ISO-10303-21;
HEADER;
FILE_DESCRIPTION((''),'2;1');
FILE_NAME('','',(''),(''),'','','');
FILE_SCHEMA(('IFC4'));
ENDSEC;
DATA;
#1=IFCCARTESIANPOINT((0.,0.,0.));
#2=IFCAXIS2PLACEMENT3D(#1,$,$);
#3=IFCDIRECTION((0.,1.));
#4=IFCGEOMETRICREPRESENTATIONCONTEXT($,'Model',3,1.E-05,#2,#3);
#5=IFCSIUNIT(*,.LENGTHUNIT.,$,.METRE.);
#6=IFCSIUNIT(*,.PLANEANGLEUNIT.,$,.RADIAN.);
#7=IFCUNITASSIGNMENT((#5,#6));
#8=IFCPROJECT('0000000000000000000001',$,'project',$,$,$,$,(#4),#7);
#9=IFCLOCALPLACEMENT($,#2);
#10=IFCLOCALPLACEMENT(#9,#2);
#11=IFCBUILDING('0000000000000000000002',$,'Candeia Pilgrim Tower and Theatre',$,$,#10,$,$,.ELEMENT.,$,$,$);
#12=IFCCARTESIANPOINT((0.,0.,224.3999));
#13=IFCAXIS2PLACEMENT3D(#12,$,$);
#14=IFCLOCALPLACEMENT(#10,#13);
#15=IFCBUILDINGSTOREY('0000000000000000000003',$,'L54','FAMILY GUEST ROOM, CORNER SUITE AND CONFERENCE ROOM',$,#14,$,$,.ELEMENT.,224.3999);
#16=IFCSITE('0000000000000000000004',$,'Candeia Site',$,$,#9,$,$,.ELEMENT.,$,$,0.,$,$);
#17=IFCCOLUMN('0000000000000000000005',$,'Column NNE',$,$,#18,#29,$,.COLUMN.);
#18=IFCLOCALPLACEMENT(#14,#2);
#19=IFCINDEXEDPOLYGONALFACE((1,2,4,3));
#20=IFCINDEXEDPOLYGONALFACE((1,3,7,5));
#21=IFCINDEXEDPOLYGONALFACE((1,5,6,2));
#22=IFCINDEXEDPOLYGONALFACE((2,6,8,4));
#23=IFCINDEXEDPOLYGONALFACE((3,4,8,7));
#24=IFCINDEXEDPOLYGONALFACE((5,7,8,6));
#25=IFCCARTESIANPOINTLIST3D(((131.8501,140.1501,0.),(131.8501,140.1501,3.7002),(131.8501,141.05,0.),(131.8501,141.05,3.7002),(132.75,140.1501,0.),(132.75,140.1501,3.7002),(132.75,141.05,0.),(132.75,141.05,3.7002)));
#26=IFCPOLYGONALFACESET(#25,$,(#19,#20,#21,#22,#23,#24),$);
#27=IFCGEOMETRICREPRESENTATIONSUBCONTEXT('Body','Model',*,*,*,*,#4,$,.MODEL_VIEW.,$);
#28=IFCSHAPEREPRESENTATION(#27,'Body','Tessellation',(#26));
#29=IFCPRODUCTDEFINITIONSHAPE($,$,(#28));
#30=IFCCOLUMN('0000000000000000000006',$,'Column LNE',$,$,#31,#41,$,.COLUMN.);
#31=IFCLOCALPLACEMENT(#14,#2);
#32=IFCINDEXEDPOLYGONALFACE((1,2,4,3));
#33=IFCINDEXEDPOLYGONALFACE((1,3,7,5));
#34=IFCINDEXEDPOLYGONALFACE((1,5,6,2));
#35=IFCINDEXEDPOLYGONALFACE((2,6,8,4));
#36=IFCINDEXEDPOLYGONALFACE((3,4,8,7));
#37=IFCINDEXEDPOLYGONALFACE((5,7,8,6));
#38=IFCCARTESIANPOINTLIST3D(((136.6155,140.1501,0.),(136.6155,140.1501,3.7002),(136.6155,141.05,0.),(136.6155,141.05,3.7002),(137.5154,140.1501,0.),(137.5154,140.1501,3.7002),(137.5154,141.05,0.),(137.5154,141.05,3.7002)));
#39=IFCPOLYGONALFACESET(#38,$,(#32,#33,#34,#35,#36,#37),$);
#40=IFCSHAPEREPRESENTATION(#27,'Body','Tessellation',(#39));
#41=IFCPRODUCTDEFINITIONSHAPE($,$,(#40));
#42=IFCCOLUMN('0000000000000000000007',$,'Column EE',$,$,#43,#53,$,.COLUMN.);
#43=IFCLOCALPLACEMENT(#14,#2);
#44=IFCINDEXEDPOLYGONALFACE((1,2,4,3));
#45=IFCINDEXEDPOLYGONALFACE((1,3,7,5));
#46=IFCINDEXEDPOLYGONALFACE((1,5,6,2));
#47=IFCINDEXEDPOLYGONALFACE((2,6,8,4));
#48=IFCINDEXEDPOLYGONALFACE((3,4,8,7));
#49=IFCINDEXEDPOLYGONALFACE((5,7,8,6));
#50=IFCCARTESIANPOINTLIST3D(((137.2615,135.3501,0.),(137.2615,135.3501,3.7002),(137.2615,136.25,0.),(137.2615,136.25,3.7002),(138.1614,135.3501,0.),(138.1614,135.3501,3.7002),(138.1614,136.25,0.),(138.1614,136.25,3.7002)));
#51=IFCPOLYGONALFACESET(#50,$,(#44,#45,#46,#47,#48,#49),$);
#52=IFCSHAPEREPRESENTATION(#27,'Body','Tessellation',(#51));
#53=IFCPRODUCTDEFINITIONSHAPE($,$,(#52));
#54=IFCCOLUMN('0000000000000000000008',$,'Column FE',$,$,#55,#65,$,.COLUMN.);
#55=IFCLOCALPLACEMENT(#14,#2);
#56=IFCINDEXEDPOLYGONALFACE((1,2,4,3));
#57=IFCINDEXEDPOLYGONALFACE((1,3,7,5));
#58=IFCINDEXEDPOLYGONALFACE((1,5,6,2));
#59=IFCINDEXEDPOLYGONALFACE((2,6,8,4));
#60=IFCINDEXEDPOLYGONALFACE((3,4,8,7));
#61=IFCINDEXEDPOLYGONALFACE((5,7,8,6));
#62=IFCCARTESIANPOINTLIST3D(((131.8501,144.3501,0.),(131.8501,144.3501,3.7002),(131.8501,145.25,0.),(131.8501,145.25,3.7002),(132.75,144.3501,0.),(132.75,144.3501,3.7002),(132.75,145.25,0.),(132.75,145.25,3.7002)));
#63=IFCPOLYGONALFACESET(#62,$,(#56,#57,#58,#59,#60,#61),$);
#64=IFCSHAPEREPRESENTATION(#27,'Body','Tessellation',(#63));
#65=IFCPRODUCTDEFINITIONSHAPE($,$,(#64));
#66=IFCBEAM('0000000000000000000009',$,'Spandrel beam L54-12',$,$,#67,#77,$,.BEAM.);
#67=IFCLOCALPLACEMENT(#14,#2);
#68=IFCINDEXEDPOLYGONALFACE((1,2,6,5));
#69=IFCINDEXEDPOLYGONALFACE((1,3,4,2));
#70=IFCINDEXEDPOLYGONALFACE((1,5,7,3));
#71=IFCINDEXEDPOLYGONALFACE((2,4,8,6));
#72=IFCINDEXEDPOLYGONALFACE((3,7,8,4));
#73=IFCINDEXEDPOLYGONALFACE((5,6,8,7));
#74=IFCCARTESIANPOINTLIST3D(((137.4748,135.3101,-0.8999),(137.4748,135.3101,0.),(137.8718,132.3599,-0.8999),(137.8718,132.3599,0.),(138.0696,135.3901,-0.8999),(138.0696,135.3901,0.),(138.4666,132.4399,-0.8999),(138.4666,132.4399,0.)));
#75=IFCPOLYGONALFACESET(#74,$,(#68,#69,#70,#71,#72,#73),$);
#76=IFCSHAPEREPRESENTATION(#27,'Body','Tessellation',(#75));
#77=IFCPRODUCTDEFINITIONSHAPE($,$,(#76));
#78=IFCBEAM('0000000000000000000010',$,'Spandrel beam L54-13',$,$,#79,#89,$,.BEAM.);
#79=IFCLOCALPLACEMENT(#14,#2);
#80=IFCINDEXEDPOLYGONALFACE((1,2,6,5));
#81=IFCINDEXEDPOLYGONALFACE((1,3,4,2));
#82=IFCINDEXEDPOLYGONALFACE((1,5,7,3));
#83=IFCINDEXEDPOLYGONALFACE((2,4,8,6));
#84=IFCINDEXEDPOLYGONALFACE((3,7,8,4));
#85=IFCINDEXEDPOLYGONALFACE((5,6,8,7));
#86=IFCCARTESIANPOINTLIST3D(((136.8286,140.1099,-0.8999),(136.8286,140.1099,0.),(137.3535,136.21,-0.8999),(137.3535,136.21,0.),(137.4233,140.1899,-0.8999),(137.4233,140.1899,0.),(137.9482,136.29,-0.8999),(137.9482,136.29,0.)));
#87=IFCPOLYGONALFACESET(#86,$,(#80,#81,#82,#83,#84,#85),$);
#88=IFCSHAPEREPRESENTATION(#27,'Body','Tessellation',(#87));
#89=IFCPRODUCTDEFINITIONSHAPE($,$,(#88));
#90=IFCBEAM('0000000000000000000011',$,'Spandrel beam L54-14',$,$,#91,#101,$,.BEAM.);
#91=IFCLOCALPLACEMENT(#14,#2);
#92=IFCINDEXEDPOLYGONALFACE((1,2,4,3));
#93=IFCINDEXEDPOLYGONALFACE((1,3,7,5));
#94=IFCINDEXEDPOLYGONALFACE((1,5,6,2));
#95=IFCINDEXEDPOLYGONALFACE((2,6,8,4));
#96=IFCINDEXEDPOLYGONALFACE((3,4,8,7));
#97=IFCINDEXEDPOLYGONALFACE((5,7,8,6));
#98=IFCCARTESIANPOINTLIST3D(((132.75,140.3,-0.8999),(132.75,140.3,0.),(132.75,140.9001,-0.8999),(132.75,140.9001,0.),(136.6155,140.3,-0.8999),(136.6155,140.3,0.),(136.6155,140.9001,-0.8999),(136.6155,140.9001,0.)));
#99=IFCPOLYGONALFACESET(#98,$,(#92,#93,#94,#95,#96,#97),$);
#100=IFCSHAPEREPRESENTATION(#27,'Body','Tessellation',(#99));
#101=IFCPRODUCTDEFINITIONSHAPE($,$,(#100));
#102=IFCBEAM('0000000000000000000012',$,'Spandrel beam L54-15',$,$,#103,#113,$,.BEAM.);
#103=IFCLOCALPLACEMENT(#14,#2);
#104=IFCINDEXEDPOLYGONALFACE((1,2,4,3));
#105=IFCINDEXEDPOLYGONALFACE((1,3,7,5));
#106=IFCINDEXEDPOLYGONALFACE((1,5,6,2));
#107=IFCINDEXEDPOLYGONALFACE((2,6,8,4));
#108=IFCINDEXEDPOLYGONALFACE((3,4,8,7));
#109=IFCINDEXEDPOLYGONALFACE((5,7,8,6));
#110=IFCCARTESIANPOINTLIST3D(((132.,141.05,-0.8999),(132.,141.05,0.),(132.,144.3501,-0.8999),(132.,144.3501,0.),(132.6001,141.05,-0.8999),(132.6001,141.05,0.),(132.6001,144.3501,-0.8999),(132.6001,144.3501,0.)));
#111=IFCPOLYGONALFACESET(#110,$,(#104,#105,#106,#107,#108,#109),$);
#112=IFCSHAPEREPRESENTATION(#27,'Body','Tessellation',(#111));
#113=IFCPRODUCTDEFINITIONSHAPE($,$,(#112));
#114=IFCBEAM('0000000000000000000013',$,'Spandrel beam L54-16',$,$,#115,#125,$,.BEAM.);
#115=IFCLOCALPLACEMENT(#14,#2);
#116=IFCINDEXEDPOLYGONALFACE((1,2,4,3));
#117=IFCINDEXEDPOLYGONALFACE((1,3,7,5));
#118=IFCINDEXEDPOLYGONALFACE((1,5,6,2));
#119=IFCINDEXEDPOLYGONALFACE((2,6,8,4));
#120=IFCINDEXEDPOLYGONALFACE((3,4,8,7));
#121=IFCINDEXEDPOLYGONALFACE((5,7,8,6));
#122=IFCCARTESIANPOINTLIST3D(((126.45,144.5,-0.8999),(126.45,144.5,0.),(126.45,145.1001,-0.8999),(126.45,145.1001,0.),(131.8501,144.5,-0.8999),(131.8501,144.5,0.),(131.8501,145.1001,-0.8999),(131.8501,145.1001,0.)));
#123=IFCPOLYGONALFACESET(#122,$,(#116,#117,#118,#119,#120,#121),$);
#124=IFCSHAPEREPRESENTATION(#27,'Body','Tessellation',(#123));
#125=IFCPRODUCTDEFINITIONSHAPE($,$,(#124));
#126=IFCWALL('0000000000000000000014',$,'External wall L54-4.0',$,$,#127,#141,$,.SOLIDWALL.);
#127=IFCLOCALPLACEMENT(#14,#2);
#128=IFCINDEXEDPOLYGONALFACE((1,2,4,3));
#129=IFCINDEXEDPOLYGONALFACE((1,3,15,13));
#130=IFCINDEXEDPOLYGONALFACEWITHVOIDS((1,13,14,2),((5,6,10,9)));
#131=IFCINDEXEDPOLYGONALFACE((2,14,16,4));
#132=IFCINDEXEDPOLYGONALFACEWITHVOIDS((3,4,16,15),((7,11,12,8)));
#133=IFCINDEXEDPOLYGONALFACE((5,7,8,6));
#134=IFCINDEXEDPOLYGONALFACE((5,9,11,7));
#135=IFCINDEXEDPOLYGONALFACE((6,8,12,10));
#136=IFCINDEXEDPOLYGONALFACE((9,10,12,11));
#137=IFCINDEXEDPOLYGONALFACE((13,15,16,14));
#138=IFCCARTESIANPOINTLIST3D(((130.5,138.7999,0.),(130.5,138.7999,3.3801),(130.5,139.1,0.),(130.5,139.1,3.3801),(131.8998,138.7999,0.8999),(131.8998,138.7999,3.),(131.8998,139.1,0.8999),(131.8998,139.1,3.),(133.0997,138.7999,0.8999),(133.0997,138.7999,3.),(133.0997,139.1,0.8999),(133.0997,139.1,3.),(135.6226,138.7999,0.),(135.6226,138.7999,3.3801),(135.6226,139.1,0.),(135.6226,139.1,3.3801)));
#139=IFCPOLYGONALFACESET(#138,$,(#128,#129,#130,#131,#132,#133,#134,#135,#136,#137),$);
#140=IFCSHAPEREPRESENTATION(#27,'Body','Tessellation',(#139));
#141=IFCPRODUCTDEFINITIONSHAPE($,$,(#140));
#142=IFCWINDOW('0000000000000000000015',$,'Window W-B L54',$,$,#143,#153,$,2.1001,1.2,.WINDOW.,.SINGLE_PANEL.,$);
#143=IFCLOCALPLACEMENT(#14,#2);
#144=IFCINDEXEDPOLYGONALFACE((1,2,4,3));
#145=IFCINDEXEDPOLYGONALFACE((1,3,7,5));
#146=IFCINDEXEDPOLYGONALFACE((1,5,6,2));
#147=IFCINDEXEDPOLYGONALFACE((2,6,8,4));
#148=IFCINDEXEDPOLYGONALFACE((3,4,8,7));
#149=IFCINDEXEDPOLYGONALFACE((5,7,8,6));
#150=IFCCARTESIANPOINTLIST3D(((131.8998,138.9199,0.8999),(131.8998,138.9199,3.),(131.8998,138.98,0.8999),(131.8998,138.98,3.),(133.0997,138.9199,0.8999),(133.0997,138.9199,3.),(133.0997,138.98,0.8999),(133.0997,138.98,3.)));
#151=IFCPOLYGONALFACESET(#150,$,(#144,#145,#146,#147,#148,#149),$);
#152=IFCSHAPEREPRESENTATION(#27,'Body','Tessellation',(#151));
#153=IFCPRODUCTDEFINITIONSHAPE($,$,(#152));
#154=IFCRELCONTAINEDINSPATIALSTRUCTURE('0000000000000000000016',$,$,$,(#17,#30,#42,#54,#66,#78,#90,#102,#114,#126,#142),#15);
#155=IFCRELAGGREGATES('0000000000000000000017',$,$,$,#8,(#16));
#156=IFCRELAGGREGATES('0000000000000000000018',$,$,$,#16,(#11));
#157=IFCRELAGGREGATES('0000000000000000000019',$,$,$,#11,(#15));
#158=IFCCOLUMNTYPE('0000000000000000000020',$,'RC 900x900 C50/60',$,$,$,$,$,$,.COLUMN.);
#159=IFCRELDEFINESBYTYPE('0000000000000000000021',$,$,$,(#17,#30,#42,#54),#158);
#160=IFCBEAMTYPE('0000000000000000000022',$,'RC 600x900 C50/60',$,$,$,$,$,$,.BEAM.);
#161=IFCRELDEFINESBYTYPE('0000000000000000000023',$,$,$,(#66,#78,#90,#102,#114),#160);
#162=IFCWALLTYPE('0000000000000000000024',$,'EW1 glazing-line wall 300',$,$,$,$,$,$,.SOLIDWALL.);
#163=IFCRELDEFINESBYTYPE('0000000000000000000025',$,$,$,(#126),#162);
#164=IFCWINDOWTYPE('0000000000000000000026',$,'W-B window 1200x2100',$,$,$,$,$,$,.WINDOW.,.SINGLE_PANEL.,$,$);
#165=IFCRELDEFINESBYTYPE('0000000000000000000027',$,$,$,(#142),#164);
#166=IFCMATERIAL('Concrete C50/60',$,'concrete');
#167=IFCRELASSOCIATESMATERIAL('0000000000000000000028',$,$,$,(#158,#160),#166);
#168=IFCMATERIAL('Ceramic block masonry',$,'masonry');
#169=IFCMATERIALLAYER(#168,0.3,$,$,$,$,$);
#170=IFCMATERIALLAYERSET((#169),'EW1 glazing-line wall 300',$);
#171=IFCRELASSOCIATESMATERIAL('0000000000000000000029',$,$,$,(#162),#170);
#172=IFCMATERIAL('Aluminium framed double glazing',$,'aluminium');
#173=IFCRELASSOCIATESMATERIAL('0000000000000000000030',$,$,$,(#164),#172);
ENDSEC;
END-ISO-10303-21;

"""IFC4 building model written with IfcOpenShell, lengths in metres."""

from ifc_helpers import new_model, si_unit, direction, frame, frame_2d, origin, origin_2d, place, context, subcontext, project, spatial, rectangle, extrude, material, layer, layer_set, material_profile, profile_set, type_object, element, fill, save


model = new_model("IFC4")

# Units and contexts
model_context = context("Model", 3, precision=1e-05, world=origin(), true_north=direction((0.0, 1.0)))
body_context = subcontext(model_context, "Body", "Model", "MODEL_VIEW")
ifc_project = project(units=[si_unit("LENGTHUNIT", "METRE"), si_unit("PLANEANGLEUNIT", "RADIAN")], contexts=[model_context])

# Site, building, storey
site_placement = place(None, origin())
site = spatial("IfcSite", under=ifc_project, at=site_placement, Name="Candeia Site", CompositionType="ELEMENT", RefElevation=0.0)
building_placement = place(site_placement, origin())
building = spatial("IfcBuilding", under=site, at=building_placement, Name="Candeia Pilgrim Tower and Theatre", CompositionType="ELEMENT")
storey_placement = place(building_placement, frame((0.0, 0.0, 224.3999)))
storey = spatial("IfcBuildingStorey", under=building, at=storey_placement, Name="L54", Description="FAMILY GUEST ROOM, CORNER SUITE AND CONFERENCE ROOM", CompositionType="ELEMENT", Elevation=224.3999)

# Columns
ifc_material_1 = material(Name="Concrete C50/60", Category="concrete")
ifc_material_profile_1 = material_profile(ifc_material_1, rectangle(XDim=0.8999, YDim=0.8999, at=origin_2d()))
ifc_profile_set_1 = profile_set([ifc_material_profile_1], Name="Concrete C50/60")
column_type = type_object("IfcColumnType", Name="RC 900x900 C50/60", PredefinedType="COLUMN", material=ifc_profile_set_1)
for number, where, z_axis, x_axis, name in (
    (1, (132.3, 140.6001, 0.0), (0.0, 0.0, 1.0), (1.0, 0.0, 0.0), "Column NNE"),
    (2, (137.0654, 140.6001, 0.0), (0.0, 0.0, 1.0), (1.0, 0.0, 0.0), "Column LNE"),
    (3, (137.7114, 135.8, 0.0), (0.0, 0.0, 1.0), (1.0, 0.0, 0.0), "Column EE"),
    (4, (132.3, 144.8, 0.0), (0.0, 0.0, 1.0), (1.0, 0.0, 0.0), "Column FE"),
):
    element("IfcColumn", number, at=place(storey_placement, frame(where, z_axis=z_axis, x_axis=x_axis)), inside=storey, type_object=column_type, Name=name, PredefinedType="COLUMN", context=body_context, shape_type="SweptSolid", body=[
        extrude(rectangle(XDim=0.8999, YDim=0.8999, at=origin_2d()), origin(), (0.0, 0.0, 1.0), 3.7002),
    ])

# Beams
ifc_material_profile_2 = material_profile(ifc_material_1, rectangle(XDim=0.6001, YDim=0.8999, at=origin_2d()))
ifc_profile_set_2 = profile_set([ifc_material_profile_2], Name="Concrete C50/60")
beam_type = type_object("IfcBeamType", Name="RC 600x900 C50/60", PredefinedType="BEAM", material=ifc_profile_set_2)
beam_1_placement = place(storey_placement, frame((138.1692, 132.3999, -0.45), z_axis=(-0.133356, 0.991068, 0.0), x_axis=(-0.991068, -0.133356, 0.0)))
element("IfcBeam", 5, at=beam_1_placement, inside=storey, type_object=beam_type, Name="Spandrel beam L54-12", PredefinedType="BEAM", context=body_context, shape_type="SweptSolid", body=[
    extrude(rectangle(XDim=0.6001, YDim=0.8999, at=origin_2d()), origin(), (0.0, 0.0, 1.0), 2.9768),
])
beam_2_placement = place(storey_placement, frame((137.6509, 136.25, -0.45), z_axis=(-0.133391, 0.991064, 0.0), x_axis=(-0.991064, -0.133391, 0.0)))
element("IfcBeam", 6, at=beam_2_placement, inside=storey, type_object=beam_type, Name="Spandrel beam L54-13", PredefinedType="BEAM", context=body_context, shape_type="SweptSolid", body=[
    extrude(rectangle(XDim=0.6001, YDim=0.8999, at=origin_2d()), origin(), (0.0, 0.0, 1.0), 3.9351),
])
beam_3_placement = place(storey_placement, frame((136.6155, 140.6001, -0.45), z_axis=(-1.0, 0.0, 0.0), x_axis=(0.0, -1.0, 0.0)))
element("IfcBeam", 7, at=beam_3_placement, inside=storey, type_object=beam_type, Name="Spandrel beam L54-14", PredefinedType="BEAM", context=body_context, shape_type="SweptSolid", body=[
    extrude(rectangle(XDim=0.6001, YDim=0.8999, at=origin_2d()), origin(), (0.0, 0.0, 1.0), 3.8655),
])
beam_4_placement = place(storey_placement, frame((132.3, 141.05, -0.45), z_axis=(0.0, 1.0, 0.0), x_axis=(-1.0, 0.0, 0.0)))
element("IfcBeam", 8, at=beam_4_placement, inside=storey, type_object=beam_type, Name="Spandrel beam L54-15", PredefinedType="BEAM", context=body_context, shape_type="SweptSolid", body=[
    extrude(rectangle(XDim=0.6001, YDim=0.8999, at=origin_2d()), origin(), (0.0, 0.0, 1.0), 3.3),
])
beam_5_placement = place(storey_placement, frame((131.8501, 144.8, -0.45), z_axis=(-1.0, 0.0, 0.0), x_axis=(0.0, -1.0, 0.0)))
element("IfcBeam", 9, at=beam_5_placement, inside=storey, type_object=beam_type, Name="Spandrel beam L54-16", PredefinedType="BEAM", context=body_context, shape_type="SweptSolid", body=[
    extrude(rectangle(XDim=0.6001, YDim=0.8999, at=origin_2d()), origin(), (0.0, 0.0, 1.0), 5.4001),
])

# Shared definitions
ifc_material_2 = material(Name="Ceramic block masonry", Category="masonry")
ifc_layer_1 = layer(ifc_material_2, 0.3)
ifc_layer_set_1 = layer_set([ifc_layer_1], Name="EW1 glazing-line wall 300")
wall_type = type_object("IfcWallType", Name="EW1 glazing-line wall 300", PredefinedType="SOLIDWALL", material=ifc_layer_set_1)
ifc_material_3 = material(Name="Aluminium framed double glazing", Category="aluminium")

# Wall, opening, window
wall_1_placement = place(storey_placement, frame((135.6226, 138.95, 0.0), z_axis=(0.0, 0.0, 1.0), x_axis=(-1.0, 0.0, 0.0)))
wall_1 = element("IfcWall", 10, at=wall_1_placement, inside=storey, type_object=wall_type, Name="External wall L54-4.0", PredefinedType="SOLIDWALL", context=body_context, shape_type="SweptSolid", body=[
    extrude(rectangle(XDim=5.1226, YDim=0.3, at=frame_2d((2.5613, 0.0))), origin(), (0.0, 0.0, 1.0), 3.3801),
])
opening_1_placement = place(wall_1_placement, frame((2.5227, 0.0, 0.8999)))
opening_1 = element("IfcOpeningElement", 11, at=opening_1_placement, cuts=wall_1, PredefinedType="OPENING", context=body_context, shape_type="SweptSolid", body=[
    extrude(rectangle(XDim=1.2, YDim=2.1001, at=frame_2d((0.6001, 1.05))), frame((0.0, 0.1602, 0.0), z_axis=(0.0, -1.0, 0.0), x_axis=(1.0, 0.0, 0.0)), (0.0, 0.0, 1.0), 0.3201),
])
window_type_1 = type_object("IfcWindowType", Name="W-B window 1200x2100", PartitioningType="SINGLE_PANEL", PredefinedType="WINDOW", material=ifc_material_3)
window_1_placement = place(opening_1_placement, origin())
window_1 = element("IfcWindow", 12, at=window_1_placement, inside=storey, type_object=window_type_1, Name="Window W-B L54", OverallHeight=2.1001, OverallWidth=1.2, PartitioningType="SINGLE_PANEL", PredefinedType="WINDOW", context=body_context, shape_type="SweptSolid", body=[
    extrude(rectangle(XDim=1.2, YDim=2.1001, at=frame_2d((0.6001, 1.05))), frame((0.0, 0.03, 0.0), z_axis=(0.0, -1.0, 0.0), x_axis=(1.0, 0.0, 0.0)), (0.0, 0.0, 1.0), 0.0601),
])
fill(opening_1, window_1)

save(model, "model.ifc")
